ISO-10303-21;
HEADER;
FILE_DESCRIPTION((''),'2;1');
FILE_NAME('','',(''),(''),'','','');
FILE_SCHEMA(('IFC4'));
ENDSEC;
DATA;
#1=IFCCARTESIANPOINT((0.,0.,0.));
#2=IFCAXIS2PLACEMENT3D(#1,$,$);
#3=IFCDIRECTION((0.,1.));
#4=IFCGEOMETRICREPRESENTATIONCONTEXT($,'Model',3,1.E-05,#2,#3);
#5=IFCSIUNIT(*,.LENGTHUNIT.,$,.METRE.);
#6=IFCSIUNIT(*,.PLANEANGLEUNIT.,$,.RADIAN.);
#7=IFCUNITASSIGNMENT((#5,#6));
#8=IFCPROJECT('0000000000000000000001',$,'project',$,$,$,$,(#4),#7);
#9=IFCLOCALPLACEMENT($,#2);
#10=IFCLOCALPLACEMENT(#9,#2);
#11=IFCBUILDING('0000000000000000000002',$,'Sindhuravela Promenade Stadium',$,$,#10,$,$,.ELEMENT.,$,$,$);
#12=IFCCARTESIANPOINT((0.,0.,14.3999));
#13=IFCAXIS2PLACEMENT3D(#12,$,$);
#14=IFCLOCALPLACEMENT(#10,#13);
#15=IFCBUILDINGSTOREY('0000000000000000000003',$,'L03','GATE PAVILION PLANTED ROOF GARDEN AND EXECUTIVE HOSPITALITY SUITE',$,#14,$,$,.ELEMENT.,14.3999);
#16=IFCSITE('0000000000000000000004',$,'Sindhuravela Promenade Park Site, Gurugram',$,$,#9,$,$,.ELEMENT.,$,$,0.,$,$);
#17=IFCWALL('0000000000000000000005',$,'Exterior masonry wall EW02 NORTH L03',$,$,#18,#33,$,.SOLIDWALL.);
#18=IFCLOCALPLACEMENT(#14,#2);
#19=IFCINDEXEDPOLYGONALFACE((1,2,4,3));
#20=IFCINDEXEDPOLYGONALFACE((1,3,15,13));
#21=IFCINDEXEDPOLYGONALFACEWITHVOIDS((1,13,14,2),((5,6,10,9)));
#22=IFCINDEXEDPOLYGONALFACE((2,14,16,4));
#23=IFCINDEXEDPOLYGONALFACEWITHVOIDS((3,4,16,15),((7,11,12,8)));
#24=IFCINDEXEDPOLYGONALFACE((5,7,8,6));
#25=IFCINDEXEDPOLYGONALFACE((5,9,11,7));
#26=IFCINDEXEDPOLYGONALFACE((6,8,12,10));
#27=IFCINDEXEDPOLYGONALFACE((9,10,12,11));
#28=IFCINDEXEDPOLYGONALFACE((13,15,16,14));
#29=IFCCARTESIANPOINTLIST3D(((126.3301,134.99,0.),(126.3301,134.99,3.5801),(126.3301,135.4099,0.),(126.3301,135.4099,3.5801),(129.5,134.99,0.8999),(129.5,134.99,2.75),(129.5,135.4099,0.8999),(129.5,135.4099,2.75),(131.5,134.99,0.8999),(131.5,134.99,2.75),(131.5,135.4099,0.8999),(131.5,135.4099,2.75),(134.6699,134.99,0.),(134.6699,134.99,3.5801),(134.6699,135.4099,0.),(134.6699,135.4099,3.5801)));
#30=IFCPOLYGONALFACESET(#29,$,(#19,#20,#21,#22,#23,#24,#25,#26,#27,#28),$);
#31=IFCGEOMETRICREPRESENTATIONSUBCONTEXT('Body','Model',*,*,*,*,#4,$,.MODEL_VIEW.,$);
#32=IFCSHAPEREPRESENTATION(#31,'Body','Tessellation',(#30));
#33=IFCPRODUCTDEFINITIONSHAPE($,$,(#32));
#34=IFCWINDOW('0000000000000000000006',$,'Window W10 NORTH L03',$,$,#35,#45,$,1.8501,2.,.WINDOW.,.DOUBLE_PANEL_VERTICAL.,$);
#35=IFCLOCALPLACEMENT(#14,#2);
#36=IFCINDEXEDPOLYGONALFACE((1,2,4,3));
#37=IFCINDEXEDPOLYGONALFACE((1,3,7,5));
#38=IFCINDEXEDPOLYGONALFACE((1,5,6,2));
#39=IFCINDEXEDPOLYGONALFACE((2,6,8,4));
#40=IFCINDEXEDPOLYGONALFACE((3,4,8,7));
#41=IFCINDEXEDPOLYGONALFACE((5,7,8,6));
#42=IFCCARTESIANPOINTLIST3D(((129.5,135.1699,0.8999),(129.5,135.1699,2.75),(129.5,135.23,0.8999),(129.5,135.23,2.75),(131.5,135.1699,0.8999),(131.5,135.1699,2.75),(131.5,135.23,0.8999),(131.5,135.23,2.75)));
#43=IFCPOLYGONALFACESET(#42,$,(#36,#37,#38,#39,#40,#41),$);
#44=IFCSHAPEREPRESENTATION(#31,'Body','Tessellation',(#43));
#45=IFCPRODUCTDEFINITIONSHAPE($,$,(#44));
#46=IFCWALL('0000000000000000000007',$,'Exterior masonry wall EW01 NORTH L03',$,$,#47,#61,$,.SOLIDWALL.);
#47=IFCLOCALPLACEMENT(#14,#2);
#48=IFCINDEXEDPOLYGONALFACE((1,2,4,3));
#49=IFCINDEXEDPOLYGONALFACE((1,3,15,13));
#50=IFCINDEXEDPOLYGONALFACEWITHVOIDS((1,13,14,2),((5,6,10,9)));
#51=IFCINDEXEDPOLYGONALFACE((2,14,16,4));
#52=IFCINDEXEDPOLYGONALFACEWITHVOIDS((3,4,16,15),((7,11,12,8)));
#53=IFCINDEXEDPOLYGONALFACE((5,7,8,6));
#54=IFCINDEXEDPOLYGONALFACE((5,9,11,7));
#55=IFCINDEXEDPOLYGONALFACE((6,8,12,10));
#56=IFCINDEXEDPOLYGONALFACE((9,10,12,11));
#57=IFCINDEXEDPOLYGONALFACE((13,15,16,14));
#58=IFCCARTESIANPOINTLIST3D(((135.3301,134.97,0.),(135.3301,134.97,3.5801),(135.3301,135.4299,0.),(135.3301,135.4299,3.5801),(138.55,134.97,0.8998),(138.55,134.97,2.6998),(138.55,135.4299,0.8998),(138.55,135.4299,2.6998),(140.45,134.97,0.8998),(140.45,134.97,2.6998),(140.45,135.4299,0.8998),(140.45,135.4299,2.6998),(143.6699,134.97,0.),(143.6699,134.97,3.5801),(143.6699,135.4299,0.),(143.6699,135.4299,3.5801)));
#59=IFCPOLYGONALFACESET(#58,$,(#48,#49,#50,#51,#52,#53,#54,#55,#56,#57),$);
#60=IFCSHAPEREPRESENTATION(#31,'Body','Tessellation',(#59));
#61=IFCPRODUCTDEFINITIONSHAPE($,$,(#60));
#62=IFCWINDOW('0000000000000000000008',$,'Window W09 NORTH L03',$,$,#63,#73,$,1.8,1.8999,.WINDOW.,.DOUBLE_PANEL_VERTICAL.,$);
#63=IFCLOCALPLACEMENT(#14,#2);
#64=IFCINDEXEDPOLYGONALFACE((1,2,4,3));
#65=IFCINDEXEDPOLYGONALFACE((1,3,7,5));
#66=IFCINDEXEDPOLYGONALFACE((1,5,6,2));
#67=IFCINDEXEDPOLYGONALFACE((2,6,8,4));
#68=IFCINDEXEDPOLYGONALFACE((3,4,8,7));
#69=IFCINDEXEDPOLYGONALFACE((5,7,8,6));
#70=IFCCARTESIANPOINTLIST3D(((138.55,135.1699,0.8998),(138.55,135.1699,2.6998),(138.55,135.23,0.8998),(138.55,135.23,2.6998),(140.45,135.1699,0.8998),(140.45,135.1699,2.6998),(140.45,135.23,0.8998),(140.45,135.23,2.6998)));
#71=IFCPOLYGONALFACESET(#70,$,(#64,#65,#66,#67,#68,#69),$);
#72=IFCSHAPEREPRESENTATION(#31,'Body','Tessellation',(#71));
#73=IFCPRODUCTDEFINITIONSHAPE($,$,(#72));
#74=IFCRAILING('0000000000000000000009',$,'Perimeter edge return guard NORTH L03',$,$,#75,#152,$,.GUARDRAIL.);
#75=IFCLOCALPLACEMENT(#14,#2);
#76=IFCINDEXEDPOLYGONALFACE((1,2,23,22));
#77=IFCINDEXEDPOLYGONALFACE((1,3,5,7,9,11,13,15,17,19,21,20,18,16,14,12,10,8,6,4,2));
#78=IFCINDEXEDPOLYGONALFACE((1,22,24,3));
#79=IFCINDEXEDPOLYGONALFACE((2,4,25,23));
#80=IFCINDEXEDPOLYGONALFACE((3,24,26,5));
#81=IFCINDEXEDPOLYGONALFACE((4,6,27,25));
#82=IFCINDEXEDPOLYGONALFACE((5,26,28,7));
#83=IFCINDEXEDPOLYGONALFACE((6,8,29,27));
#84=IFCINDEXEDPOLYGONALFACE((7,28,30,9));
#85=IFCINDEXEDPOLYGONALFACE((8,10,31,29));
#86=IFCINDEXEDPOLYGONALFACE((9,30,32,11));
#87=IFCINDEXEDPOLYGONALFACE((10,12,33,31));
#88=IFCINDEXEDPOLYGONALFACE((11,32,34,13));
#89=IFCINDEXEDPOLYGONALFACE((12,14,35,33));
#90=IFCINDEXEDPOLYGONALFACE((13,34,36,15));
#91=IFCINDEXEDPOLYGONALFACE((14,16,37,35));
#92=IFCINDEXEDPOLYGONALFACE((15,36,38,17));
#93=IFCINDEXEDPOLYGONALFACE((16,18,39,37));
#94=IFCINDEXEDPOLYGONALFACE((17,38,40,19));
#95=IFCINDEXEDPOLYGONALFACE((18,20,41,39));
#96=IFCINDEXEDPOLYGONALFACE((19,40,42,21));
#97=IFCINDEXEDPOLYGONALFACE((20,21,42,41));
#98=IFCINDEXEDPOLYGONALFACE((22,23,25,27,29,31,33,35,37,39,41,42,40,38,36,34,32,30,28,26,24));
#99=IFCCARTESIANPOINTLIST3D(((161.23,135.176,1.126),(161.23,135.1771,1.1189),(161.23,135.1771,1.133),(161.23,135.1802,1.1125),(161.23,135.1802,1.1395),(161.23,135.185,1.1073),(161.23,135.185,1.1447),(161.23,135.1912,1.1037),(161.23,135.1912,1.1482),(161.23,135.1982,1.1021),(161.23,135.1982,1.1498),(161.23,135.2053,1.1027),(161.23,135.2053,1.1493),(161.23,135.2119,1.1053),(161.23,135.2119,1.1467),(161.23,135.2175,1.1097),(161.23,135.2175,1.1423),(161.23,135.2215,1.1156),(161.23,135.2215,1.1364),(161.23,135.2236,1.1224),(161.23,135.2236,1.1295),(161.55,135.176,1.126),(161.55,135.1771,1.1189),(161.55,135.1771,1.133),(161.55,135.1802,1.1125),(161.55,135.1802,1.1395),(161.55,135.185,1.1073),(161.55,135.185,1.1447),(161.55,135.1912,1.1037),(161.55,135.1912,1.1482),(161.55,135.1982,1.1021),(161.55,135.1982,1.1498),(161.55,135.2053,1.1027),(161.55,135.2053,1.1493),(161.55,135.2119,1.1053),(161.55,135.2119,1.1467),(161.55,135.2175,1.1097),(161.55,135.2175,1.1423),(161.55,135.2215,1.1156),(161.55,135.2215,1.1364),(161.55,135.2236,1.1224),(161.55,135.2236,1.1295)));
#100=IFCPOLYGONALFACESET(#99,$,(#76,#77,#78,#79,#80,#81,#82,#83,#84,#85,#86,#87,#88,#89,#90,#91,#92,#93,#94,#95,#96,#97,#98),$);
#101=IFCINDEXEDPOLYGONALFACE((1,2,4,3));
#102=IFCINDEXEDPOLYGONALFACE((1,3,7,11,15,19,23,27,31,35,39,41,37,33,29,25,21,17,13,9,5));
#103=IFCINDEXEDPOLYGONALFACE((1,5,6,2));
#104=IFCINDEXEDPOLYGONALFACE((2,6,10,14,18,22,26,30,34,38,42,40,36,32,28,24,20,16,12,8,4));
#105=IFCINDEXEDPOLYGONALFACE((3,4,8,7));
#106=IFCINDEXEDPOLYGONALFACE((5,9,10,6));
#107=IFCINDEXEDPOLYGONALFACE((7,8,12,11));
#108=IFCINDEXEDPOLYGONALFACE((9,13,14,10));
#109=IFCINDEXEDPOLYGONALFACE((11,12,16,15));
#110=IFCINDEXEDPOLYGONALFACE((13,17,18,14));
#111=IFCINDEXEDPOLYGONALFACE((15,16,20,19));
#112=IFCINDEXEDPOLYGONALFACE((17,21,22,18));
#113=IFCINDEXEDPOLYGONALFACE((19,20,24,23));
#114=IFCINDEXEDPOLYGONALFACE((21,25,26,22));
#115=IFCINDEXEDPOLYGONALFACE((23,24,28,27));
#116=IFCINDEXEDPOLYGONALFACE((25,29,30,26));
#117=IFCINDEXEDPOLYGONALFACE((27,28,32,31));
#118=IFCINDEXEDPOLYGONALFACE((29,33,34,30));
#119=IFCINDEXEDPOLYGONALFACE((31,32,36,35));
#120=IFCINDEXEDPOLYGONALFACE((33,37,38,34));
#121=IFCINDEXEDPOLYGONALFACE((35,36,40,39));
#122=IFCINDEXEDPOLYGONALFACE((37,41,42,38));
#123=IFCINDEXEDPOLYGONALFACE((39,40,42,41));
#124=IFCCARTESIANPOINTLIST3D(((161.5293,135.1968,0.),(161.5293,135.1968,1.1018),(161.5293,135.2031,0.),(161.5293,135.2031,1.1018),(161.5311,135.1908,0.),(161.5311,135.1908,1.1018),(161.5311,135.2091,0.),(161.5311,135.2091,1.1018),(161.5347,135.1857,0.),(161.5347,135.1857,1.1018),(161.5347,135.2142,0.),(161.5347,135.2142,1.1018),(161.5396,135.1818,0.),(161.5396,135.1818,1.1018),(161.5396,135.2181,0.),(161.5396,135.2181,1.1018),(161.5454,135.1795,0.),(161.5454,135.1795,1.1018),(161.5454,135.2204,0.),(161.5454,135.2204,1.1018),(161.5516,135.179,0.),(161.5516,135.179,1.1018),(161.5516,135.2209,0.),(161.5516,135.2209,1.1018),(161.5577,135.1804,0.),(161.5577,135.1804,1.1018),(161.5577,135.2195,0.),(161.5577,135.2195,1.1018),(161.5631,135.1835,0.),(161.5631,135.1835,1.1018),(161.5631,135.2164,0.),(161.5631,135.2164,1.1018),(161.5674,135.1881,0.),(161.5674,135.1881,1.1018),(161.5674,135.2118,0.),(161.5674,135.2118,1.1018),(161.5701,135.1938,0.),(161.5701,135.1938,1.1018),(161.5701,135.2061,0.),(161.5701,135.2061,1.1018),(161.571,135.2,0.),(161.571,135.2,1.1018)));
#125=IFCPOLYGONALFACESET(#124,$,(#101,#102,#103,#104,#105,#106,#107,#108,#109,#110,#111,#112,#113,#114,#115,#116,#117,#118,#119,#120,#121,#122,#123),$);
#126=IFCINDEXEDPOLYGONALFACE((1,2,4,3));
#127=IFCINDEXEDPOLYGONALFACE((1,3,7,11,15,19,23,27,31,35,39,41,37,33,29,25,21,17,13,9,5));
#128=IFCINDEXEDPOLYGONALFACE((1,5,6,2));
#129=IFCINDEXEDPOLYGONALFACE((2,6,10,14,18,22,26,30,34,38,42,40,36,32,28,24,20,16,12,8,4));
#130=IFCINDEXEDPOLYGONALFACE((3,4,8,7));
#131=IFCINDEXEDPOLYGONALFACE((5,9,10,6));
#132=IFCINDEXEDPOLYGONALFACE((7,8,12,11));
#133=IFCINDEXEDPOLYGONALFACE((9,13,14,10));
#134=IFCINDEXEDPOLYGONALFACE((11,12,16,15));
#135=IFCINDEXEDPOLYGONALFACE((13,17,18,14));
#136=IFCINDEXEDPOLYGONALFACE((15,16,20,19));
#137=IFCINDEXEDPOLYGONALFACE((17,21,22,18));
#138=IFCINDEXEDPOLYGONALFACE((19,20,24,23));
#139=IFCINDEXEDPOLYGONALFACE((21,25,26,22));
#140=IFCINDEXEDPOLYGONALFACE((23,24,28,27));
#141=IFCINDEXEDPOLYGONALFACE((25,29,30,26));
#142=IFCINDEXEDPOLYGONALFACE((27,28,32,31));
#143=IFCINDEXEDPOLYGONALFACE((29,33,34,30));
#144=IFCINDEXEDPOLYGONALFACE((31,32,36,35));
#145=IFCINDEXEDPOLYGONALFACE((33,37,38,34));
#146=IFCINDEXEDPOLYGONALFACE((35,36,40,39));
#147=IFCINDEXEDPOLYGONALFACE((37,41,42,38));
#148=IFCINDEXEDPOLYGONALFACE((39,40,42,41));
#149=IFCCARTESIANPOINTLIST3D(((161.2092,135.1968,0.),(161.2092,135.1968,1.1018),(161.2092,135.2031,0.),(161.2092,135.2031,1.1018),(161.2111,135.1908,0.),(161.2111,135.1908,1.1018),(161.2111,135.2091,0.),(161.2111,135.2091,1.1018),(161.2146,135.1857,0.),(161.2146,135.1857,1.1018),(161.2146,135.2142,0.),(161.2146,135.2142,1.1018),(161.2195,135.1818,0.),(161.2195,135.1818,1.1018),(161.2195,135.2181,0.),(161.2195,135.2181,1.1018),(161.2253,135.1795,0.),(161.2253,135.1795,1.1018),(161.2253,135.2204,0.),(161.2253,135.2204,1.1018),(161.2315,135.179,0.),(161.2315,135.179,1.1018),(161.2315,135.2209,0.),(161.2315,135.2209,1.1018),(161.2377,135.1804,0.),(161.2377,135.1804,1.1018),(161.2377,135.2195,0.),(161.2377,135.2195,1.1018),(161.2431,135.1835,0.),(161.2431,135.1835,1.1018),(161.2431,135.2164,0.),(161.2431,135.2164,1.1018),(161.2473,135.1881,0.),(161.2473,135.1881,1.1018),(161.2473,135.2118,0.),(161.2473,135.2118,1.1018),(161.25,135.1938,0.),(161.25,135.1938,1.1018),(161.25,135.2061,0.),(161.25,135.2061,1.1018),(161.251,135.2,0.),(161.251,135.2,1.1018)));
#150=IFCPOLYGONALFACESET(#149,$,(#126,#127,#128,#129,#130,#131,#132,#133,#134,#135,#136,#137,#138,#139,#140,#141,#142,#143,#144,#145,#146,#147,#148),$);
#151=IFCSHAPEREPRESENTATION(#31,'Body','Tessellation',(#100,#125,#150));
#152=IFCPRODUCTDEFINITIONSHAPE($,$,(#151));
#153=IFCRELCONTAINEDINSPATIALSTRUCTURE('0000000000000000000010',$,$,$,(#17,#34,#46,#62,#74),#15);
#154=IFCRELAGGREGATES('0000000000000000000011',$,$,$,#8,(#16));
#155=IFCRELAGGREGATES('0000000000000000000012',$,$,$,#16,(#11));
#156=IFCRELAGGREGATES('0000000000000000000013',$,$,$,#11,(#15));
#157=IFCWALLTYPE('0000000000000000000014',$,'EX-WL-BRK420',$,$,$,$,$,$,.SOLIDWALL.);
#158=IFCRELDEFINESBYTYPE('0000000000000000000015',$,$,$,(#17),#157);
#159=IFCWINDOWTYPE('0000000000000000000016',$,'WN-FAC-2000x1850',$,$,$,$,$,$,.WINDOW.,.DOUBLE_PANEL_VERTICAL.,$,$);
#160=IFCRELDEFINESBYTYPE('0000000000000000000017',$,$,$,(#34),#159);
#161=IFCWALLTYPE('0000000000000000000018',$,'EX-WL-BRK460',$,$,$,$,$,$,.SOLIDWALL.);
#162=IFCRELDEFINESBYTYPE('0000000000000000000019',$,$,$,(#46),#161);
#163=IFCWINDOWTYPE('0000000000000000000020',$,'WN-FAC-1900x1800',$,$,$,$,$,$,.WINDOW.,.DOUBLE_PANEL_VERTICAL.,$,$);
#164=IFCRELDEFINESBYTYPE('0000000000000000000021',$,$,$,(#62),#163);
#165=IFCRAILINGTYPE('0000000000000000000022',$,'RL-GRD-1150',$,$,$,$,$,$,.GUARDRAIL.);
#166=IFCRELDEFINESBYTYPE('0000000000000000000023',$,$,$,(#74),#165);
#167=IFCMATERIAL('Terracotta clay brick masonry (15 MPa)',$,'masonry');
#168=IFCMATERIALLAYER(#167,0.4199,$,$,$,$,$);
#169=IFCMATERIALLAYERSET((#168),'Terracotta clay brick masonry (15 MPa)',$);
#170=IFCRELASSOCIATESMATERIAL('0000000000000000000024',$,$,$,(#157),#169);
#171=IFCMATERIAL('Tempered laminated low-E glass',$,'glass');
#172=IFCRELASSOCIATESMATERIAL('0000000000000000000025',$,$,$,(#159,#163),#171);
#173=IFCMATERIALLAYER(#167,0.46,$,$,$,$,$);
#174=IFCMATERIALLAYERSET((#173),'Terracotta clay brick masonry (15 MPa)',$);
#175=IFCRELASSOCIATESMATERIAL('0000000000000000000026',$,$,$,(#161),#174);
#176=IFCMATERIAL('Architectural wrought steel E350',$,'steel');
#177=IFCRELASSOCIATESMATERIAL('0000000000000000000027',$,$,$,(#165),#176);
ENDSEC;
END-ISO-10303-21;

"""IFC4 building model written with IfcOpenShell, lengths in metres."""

from ifc_helpers import new_model, si_unit, direction, frame, frame_2d, origin, origin_2d, place, context, subcontext, project, spatial, rectangle, circle, extrude, material, layer, layer_set, type_object, element, fill, save


model = new_model("IFC4")

# Units and contexts
model_context = context("Model", 3, precision=1e-05, world=origin(), true_north=direction((0.0, 1.0)))
body_context = subcontext(model_context, "Body", "Model", "MODEL_VIEW")
ifc_project = project(units=[si_unit("LENGTHUNIT", "METRE"), si_unit("PLANEANGLEUNIT", "RADIAN")], contexts=[model_context])

# Site, building, storey
site_placement = place(None, origin())
site = spatial("IfcSite", under=ifc_project, at=site_placement, Name="Sindhuravela Promenade Park Site, Gurugram", CompositionType="ELEMENT", RefElevation=0.0)
building_placement = place(site_placement, origin())
building = spatial("IfcBuilding", under=site, at=building_placement, Name="Sindhuravela Promenade Stadium", CompositionType="ELEMENT")
storey_placement = place(building_placement, frame((0.0, 0.0, 14.3999)))
storey = spatial("IfcBuildingStorey", under=building, at=storey_placement, Name="L03", Description="GATE PAVILION PLANTED ROOF GARDEN AND EXECUTIVE HOSPITALITY SUITE", CompositionType="ELEMENT", Elevation=14.3999)

# Walls, openings, windows
ifc_material_1 = material(Name="Terracotta clay brick masonry (15 MPa)", Category="masonry")
ifc_material_2 = material(Name="Tempered laminated low-E glass", Category="glass")
ifc_layer_1 = layer(ifc_material_1, 0.4199)
ifc_layer_set_1 = layer_set([ifc_layer_1], Name="Terracotta clay brick masonry (15 MPa)")
wall_type_1 = type_object("IfcWallType", Name="EX-WL-BRK420", PredefinedType="SOLIDWALL", material=ifc_layer_set_1)
wall_1_placement = place(storey_placement, frame((134.6699, 135.2, 0.0), z_axis=(0.0, 0.0, 1.0), x_axis=(-1.0, 0.0, 0.0)))
wall_1 = element("IfcWall", 1, at=wall_1_placement, inside=storey, type_object=wall_type_1, Name="Exterior masonry wall EW02 NORTH L03", PredefinedType="SOLIDWALL", context=body_context, shape_type="SweptSolid", body=[
    extrude(rectangle(XDim=8.3398, YDim=0.4199, at=frame_2d((4.1699, 0.0))), origin(), (0.0, 0.0, 1.0), 3.5801),
])
opening_1_placement = place(wall_1_placement, frame((3.1699, 0.0, 0.8999)))
opening_1 = element("IfcOpeningElement", 2, at=opening_1_placement, cuts=wall_1, PredefinedType="OPENING", context=body_context, shape_type="SweptSolid", body=[
    extrude(rectangle(XDim=2.0, YDim=1.8501, at=frame_2d((1.0, 0.925))), frame((0.0, 0.22, 0.0), z_axis=(0.0, -1.0, 0.0), x_axis=(1.0, 0.0, 0.0)), (0.0, 0.0, 1.0), 0.4399),
])
window_type_1 = type_object("IfcWindowType", Name="WN-FAC-2000x1850", PartitioningType="DOUBLE_PANEL_VERTICAL", PredefinedType="WINDOW", material=ifc_material_2)
window_1_placement = place(opening_1_placement, origin())
window_1 = element("IfcWindow", 3, at=window_1_placement, inside=storey, type_object=window_type_1, Name="Window W10 NORTH L03", OverallHeight=1.8501, OverallWidth=2.0, PartitioningType="DOUBLE_PANEL_VERTICAL", PredefinedType="WINDOW", context=body_context, shape_type="SweptSolid", body=[
    extrude(rectangle(XDim=2.0, YDim=1.8501, at=frame_2d((1.0, 0.925))), frame((0.0, 0.03, 0.0), z_axis=(0.0, -1.0, 0.0), x_axis=(1.0, 0.0, 0.0)), (0.0, 0.0, 1.0), 0.0601),
])
fill(opening_1, window_1)
ifc_layer_2 = layer(ifc_material_1, 0.46)
ifc_layer_set_2 = layer_set([ifc_layer_2], Name="Terracotta clay brick masonry (15 MPa)")
wall_type_2 = type_object("IfcWallType", Name="EX-WL-BRK460", PredefinedType="SOLIDWALL", material=ifc_layer_set_2)
wall_2_placement = place(storey_placement, frame((143.6699, 135.2, 0.0), z_axis=(0.0, 0.0, 1.0), x_axis=(-1.0, 0.0, 0.0)))
wall_2 = element("IfcWall", 4, at=wall_2_placement, inside=storey, type_object=wall_type_2, Name="Exterior masonry wall EW01 NORTH L03", PredefinedType="SOLIDWALL", context=body_context, shape_type="SweptSolid", body=[
    extrude(rectangle(XDim=8.3398, YDim=0.46, at=frame_2d((4.1699, 0.0))), origin(), (0.0, 0.0, 1.0), 3.5801),
])
opening_2_placement = place(wall_2_placement, frame((3.22, 0.0, 0.8999)))
opening_2 = element("IfcOpeningElement", 5, at=opening_2_placement, cuts=wall_2, PredefinedType="OPENING", context=body_context, shape_type="SweptSolid", body=[
    extrude(rectangle(XDim=1.8999, YDim=1.8, at=frame_2d((0.95, 0.8999))), frame((0.0, 0.24, 0.0), z_axis=(0.0, -1.0, 0.0), x_axis=(1.0, 0.0, 0.0)), (0.0, 0.0, 1.0), 0.48),
])
window_type_2 = type_object("IfcWindowType", Name="WN-FAC-1900x1800", PartitioningType="DOUBLE_PANEL_VERTICAL", PredefinedType="WINDOW", material=ifc_material_2)
window_2_placement = place(opening_2_placement, origin())
window_2 = element("IfcWindow", 6, at=window_2_placement, inside=storey, type_object=window_type_2, Name="Window W09 NORTH L03", OverallHeight=1.8, OverallWidth=1.8999, PartitioningType="DOUBLE_PANEL_VERTICAL", PredefinedType="WINDOW", context=body_context, shape_type="SweptSolid", body=[
    extrude(rectangle(XDim=1.8999, YDim=1.8, at=frame_2d((0.95, 0.8999))), frame((0.0, 0.03, 0.0), z_axis=(0.0, -1.0, 0.0), x_axis=(1.0, 0.0, 0.0)), (0.0, 0.0, 1.0), 0.0601),
])
fill(opening_2, window_2)

# Railing
ifc_material_3 = material(Name="Architectural wrought steel E350", Category="steel")
railing_type = type_object("IfcRailingType", Name="RL-GRD-1150", PredefinedType="GUARDRAIL", material=ifc_material_3)
railing_placement = place(storey_placement, frame((161.55, 135.2, 0.0)))
element("IfcRailing", 7, at=railing_placement, inside=storey, type_object=railing_type, Name="Perimeter edge return guard NORTH L03", PredefinedType="GUARDRAIL", context=body_context, shape_type="SweptSolid", body=[
    extrude(circle(Radius=0.0239, at=origin_2d()), frame((0.0, 0.0, 1.126), z_axis=(-1.0, 0.0, 0.0), x_axis=(0.0, -1.0, 0.0)), (0.0, 0.0, 1.0), 0.3201),
    extrude(circle(Radius=0.021, at=origin_2d()), origin(), (0.0, 0.0, 1.0), 1.1018),
    extrude(circle(Radius=0.021, at=origin_2d()), frame((-0.3201, 0.0, 0.0)), (0.0, 0.0, 1.0), 1.1018),
])

save(model, "model.ifc")
